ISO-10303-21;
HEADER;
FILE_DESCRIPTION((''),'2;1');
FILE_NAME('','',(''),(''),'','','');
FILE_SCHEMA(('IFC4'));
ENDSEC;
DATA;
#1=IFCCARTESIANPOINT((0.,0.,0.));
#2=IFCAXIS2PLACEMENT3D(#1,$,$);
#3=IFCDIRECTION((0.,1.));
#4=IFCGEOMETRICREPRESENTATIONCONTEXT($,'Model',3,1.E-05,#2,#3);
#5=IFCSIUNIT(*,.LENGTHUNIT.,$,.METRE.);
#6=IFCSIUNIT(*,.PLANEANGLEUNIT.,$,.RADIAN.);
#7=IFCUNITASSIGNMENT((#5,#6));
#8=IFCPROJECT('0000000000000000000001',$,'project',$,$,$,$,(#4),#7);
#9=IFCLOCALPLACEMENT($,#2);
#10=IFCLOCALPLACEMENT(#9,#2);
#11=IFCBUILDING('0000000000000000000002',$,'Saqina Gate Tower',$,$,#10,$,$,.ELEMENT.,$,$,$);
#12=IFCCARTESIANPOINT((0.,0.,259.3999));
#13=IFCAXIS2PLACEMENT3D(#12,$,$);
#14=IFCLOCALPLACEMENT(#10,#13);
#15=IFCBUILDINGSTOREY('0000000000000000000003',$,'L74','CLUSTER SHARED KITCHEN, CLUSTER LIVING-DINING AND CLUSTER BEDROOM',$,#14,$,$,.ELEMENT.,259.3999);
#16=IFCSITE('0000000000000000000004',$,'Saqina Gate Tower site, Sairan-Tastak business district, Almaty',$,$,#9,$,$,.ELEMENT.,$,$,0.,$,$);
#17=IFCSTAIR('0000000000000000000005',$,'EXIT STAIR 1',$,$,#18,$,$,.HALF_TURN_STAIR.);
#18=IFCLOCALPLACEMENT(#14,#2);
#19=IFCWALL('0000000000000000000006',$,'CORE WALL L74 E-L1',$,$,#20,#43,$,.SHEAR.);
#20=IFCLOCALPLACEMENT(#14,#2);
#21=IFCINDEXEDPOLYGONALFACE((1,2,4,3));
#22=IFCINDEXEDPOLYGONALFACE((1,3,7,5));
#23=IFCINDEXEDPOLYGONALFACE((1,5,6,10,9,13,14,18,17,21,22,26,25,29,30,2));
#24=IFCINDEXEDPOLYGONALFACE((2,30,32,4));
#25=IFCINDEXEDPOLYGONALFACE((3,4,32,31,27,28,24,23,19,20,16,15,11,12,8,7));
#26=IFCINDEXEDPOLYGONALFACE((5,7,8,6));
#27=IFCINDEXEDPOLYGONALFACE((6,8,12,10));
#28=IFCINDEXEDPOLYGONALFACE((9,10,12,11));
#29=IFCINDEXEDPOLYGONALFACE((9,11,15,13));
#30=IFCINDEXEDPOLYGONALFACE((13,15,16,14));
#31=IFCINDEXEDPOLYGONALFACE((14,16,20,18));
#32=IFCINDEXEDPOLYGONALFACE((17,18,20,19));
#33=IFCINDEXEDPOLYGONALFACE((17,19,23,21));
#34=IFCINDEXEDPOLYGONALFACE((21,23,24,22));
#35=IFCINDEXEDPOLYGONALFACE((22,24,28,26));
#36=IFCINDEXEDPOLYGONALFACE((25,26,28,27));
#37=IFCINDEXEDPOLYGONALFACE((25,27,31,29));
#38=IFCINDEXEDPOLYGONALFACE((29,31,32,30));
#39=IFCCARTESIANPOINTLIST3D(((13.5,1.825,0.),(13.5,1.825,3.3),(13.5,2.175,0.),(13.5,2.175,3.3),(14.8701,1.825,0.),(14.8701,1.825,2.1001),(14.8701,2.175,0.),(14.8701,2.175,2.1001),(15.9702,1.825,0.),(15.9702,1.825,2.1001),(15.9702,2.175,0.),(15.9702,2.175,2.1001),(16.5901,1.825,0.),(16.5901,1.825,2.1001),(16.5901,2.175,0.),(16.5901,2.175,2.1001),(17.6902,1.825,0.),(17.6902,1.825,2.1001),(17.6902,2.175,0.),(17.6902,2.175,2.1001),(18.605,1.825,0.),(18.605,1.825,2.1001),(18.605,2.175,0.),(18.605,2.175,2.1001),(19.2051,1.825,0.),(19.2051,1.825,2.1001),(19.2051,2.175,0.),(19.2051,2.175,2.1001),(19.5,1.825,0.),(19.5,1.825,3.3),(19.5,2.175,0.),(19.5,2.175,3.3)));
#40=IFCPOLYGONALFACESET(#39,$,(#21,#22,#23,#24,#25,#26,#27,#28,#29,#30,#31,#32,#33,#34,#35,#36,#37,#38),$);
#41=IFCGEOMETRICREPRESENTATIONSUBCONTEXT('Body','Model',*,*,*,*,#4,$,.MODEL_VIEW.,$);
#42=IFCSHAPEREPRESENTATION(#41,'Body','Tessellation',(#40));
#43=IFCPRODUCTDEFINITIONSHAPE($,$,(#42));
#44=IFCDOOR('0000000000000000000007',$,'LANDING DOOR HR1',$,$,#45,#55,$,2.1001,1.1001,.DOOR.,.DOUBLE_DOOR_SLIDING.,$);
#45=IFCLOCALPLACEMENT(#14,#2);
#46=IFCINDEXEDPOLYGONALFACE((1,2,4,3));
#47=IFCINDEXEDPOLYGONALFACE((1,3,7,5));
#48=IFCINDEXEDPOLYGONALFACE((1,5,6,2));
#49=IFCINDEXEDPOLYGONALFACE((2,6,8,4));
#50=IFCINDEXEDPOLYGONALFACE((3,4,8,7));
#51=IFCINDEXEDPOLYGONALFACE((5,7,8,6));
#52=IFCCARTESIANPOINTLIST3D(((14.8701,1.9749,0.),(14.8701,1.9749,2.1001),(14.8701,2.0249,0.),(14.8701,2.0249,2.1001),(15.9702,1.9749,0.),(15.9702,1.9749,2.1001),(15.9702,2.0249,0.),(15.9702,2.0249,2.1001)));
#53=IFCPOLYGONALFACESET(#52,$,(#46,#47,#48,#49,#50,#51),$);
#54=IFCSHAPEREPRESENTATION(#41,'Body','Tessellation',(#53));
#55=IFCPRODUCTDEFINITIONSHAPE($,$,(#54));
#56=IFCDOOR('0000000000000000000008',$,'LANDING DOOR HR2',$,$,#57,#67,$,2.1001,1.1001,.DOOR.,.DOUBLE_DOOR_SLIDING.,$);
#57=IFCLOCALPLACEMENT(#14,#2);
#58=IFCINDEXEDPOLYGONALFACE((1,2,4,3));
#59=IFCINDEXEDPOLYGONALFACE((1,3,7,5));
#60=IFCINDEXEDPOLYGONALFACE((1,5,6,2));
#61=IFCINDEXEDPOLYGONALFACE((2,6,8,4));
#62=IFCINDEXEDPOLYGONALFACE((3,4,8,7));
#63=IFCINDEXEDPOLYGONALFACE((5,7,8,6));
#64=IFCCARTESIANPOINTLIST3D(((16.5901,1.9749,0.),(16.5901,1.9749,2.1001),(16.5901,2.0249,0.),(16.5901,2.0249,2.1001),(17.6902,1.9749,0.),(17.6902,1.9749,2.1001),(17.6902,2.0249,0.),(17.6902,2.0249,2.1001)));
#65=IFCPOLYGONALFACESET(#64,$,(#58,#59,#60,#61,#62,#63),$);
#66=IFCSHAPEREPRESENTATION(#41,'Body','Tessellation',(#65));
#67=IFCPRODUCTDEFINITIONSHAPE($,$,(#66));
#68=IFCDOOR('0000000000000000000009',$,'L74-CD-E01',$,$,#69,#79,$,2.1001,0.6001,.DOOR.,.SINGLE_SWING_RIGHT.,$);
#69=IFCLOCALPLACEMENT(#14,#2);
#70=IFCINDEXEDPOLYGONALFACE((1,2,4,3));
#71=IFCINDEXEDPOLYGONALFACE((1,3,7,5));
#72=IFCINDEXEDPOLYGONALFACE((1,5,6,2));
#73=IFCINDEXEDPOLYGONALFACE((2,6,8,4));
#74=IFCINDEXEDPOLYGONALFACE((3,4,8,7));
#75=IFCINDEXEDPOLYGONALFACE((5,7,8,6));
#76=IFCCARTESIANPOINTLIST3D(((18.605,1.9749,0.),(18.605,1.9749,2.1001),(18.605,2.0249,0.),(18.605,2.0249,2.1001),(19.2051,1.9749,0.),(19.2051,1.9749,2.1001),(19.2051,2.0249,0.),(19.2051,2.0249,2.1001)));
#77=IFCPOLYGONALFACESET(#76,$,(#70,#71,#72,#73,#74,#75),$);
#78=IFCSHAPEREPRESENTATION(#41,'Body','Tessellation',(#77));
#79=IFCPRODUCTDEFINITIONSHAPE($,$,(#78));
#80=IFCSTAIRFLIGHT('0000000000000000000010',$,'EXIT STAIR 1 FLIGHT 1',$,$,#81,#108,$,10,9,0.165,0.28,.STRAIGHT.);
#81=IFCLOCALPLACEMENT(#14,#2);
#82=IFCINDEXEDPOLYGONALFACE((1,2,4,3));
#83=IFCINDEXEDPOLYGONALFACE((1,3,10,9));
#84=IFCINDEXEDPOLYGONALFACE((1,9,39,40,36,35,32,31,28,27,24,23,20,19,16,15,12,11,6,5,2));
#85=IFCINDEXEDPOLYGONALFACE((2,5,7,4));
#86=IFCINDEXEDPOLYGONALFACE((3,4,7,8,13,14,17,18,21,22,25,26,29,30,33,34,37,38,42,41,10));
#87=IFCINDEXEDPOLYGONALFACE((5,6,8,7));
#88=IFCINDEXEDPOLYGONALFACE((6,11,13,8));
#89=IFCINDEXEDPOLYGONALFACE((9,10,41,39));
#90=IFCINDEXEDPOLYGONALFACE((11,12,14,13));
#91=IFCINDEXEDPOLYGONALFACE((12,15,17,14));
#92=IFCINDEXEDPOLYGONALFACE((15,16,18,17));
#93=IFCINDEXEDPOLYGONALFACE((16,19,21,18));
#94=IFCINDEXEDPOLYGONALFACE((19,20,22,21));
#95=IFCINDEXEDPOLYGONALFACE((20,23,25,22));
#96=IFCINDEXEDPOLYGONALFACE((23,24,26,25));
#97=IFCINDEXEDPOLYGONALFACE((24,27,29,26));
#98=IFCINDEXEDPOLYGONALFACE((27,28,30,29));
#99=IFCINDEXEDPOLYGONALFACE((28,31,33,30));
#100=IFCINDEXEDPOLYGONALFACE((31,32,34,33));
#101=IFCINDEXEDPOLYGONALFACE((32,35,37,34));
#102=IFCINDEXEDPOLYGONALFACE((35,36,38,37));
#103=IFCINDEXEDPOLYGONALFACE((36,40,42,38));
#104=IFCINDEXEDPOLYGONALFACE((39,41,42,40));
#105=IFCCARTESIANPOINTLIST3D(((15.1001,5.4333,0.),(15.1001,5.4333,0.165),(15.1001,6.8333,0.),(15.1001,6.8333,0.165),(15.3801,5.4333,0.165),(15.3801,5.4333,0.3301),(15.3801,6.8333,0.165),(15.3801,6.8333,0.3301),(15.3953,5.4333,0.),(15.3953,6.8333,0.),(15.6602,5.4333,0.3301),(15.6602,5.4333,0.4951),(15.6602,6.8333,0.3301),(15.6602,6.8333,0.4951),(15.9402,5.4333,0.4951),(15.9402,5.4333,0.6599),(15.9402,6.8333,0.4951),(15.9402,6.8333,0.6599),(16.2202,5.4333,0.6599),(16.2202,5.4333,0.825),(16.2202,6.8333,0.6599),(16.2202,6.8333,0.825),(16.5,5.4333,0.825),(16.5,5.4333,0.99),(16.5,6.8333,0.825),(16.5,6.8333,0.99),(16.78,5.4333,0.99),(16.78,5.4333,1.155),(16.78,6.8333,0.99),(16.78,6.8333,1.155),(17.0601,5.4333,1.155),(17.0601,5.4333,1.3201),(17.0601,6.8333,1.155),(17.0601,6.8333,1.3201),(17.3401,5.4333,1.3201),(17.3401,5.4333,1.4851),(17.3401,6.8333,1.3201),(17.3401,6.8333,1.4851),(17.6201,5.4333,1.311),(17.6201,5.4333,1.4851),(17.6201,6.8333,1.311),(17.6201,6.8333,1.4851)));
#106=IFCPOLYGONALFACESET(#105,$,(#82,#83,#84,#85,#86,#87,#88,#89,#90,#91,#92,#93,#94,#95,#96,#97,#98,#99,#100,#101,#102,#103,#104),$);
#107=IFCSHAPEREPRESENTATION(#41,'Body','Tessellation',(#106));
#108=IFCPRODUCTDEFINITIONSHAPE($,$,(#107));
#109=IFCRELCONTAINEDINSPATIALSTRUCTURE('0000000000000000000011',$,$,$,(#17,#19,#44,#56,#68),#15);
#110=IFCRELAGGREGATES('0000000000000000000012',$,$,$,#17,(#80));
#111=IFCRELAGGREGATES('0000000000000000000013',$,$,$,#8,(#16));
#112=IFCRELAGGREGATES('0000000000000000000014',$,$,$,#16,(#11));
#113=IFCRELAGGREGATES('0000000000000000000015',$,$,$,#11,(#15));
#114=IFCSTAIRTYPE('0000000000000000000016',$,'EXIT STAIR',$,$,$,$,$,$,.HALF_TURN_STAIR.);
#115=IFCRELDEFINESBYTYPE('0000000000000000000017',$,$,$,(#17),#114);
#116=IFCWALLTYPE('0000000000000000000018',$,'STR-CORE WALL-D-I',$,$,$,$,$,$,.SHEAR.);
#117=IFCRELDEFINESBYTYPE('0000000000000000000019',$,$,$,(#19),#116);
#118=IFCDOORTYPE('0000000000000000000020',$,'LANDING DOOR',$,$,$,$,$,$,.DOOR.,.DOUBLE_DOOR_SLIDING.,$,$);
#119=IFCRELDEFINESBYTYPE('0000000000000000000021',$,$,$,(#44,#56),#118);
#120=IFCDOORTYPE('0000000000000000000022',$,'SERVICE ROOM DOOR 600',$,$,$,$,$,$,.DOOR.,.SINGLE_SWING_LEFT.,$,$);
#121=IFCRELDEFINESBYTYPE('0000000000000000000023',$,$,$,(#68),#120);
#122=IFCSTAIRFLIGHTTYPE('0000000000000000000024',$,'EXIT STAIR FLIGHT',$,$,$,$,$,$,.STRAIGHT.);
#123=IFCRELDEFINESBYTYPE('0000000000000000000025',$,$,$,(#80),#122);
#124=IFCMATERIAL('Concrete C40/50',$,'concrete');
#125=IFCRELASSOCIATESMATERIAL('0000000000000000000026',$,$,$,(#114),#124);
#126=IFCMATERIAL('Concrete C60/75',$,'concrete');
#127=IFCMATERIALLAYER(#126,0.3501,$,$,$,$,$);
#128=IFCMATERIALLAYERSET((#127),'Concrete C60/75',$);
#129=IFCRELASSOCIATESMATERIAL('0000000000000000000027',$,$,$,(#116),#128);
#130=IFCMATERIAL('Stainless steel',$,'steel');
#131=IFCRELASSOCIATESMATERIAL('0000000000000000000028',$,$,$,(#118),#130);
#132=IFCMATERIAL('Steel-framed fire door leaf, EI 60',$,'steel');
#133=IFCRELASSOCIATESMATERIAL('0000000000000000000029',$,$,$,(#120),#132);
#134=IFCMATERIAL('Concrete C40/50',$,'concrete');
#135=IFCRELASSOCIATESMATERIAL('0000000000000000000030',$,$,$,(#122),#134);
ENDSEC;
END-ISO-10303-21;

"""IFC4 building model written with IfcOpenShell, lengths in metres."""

from ifc_helpers import new_model, si_unit, direction, frame, frame_2d, origin, place, context, subcontext, project, spatial, polyline, rectangle, outline, extrude, material, layer, layer_set, type_object, element, fill, aggregate, save


model = new_model("IFC4")

# Units and contexts
model_context = context("Model", 3, precision=1e-05, world=origin(), true_north=direction((0.0, 1.0)))
body_context = subcontext(model_context, "Body", "Model", "MODEL_VIEW")
ifc_project = project(units=[si_unit("LENGTHUNIT", "METRE"), si_unit("PLANEANGLEUNIT", "RADIAN")], contexts=[model_context])

# Site, building, storey
site_placement = place(None, origin())
site = spatial("IfcSite", under=ifc_project, at=site_placement, Name="Saqina Gate Tower site, Sairan-Tastak business district, Almaty", CompositionType="ELEMENT", RefElevation=0.0)
building_placement = place(site_placement, origin())
building = spatial("IfcBuilding", under=site, at=building_placement, Name="Saqina Gate Tower", CompositionType="ELEMENT")
storey_placement = place(building_placement, frame((0.0, 0.0, 259.3999)))
storey = spatial("IfcBuildingStorey", under=building, at=storey_placement, Name="L74", Description="CLUSTER SHARED KITCHEN, CLUSTER LIVING-DINING AND CLUSTER BEDROOM", CompositionType="ELEMENT", Elevation=259.3999)

# Stair
ifc_material_1 = material(Name="Concrete C40/50", Category="concrete")
stair_type = type_object("IfcStairType", Name="EXIT STAIR", PredefinedType="HALF_TURN_STAIR", material=ifc_material_1)
stair_1_placement = place(storey_placement, origin())
stair_1 = element("IfcStair", 1, at=stair_1_placement, inside=storey, type_object=stair_type, Name="EXIT STAIR 1", PredefinedType="HALF_TURN_STAIR")

# Shared definitions
ifc_material_2 = material(Name="Concrete C60/75", Category="concrete")
ifc_layer_1 = layer(ifc_material_2, 0.3501)
ifc_layer_set_1 = layer_set([ifc_layer_1], Name="Concrete C60/75")
wall_type_1 = type_object("IfcWallType", Name="STR-CORE WALL-D-I", PredefinedType="SHEAR", material=ifc_layer_set_1)

# Wall, openings, doors
wall_1_placement = place(storey_placement, frame((13.5, 2.0, 0.0), z_axis=(0.0, 0.0, 1.0), x_axis=(1.0, 0.0, 0.0)))
wall_1 = element("IfcWall", 2, at=wall_1_placement, inside=storey, type_object=wall_type_1, Name="CORE WALL L74 E-L1", PredefinedType="SHEAR", context=body_context, shape_type="SweptSolid", body=[
    extrude(rectangle(XDim=6.0, YDim=0.3501, at=frame_2d((3.0, 0.0))), origin(), (0.0, 0.0, 1.0), 3.3),
])
opening_1_placement = place(wall_1_placement, frame((1.3701, 0.0, 0.0)))
opening_1 = element("IfcOpeningElement", 3, at=opening_1_placement, cuts=wall_1, PredefinedType="OPENING", context=body_context, shape_type="SweptSolid", body=[
    extrude(rectangle(XDim=1.1001, YDim=2.1001, at=frame_2d((0.55, 1.05))), frame((0.0, 0.187, 0.0), z_axis=(0.0, -1.0, 0.0), x_axis=(1.0, 0.0, 0.0)), (0.0, 0.0, 1.0), 0.374),
])
opening_2_placement = place(wall_1_placement, frame((3.0901, 0.0, 0.0)))
opening_2 = element("IfcOpeningElement", 4, at=opening_2_placement, cuts=wall_1, PredefinedType="OPENING", context=body_context, shape_type="SweptSolid", body=[
    extrude(rectangle(XDim=1.1001, YDim=2.1001, at=frame_2d((0.55, 1.05))), frame((0.0, 0.187, 0.0), z_axis=(0.0, -1.0, 0.0), x_axis=(1.0, 0.0, 0.0)), (0.0, 0.0, 1.0), 0.374),
])
opening_3_placement = place(wall_1_placement, frame((5.105, 0.0, 0.0)))
opening_3 = element("IfcOpeningElement", 5, at=opening_3_placement, cuts=wall_1, PredefinedType="OPENING", context=body_context, shape_type="SweptSolid", body=[
    extrude(rectangle(XDim=0.6001, YDim=2.1001, at=frame_2d((0.3, 1.05))), frame((0.0, 0.187, 0.0), z_axis=(0.0, -1.0, 0.0), x_axis=(1.0, 0.0, 0.0)), (0.0, 0.0, 1.0), 0.374),
])
ifc_material_3 = material(Name="Stainless steel", Category="steel")
door_type_1 = type_object("IfcDoorType", Name="LANDING DOOR", OperationType="DOUBLE_DOOR_SLIDING", PredefinedType="DOOR", material=ifc_material_3)
door_1_placement = place(opening_1_placement, origin())
door_1 = element("IfcDoor", 6, at=door_1_placement, inside=storey, type_object=door_type_1, Name="LANDING DOOR HR1", OperationType="DOUBLE_DOOR_SLIDING", OverallHeight=2.1001, OverallWidth=1.1001, PredefinedType="DOOR", context=body_context, shape_type="SweptSolid", body=[
    extrude(rectangle(XDim=1.1001, YDim=2.1001, at=frame_2d((0.55, 1.05))), frame((0.0, 0.0249, 0.0), z_axis=(0.0, -1.0, 0.0), x_axis=(1.0, 0.0, 0.0)), (0.0, 0.0, 1.0), 0.05),
])
fill(opening_1, door_1)
door_2_placement = place(opening_2_placement, origin())
door_2 = element("IfcDoor", 7, at=door_2_placement, inside=storey, type_object=door_type_1, Name="LANDING DOOR HR2", OperationType="DOUBLE_DOOR_SLIDING", OverallHeight=2.1001, OverallWidth=1.1001, PredefinedType="DOOR", context=body_context, shape_type="SweptSolid", body=[
    extrude(rectangle(XDim=1.1001, YDim=2.1001, at=frame_2d((0.55, 1.05))), frame((0.0, 0.0249, 0.0), z_axis=(0.0, -1.0, 0.0), x_axis=(1.0, 0.0, 0.0)), (0.0, 0.0, 1.0), 0.05),
])
fill(opening_2, door_2)
ifc_material_4 = material(Name="Steel-framed fire door leaf, EI 60", Category="steel")
door_type_2 = type_object("IfcDoorType", Name="SERVICE ROOM DOOR 600", OperationType="SINGLE_SWING_LEFT", PredefinedType="DOOR", material=ifc_material_4)
door_3_placement = place(opening_3_placement, origin())
door_3 = element("IfcDoor", 8, at=door_3_placement, inside=storey, type_object=door_type_2, Name="L74-CD-E01", OperationType="SINGLE_SWING_RIGHT", OverallHeight=2.1001, OverallWidth=0.6001, PredefinedType="DOOR", context=body_context, shape_type="SweptSolid", body=[
    extrude(rectangle(XDim=0.6001, YDim=2.1001, at=frame_2d((0.3, 1.05))), frame((0.0, 0.0249, 0.0), z_axis=(0.0, -1.0, 0.0), x_axis=(1.0, 0.0, 0.0)), (0.0, 0.0, 1.0), 0.05),
])
fill(opening_3, door_3)

# Stair flight
ifc_material_5 = material(Name="Concrete C40/50", Category="concrete")
stair_flight_type = type_object("IfcStairFlightType", Name="EXIT STAIR FLIGHT", PredefinedType="STRAIGHT", material=ifc_material_5)
stair_flight_placement = place(storey_placement, frame((15.1001, 6.1333, 0.0), z_axis=(0.0, 0.0, 1.0), x_axis=(1.0, 0.0, 0.0)))
stair_flight = element("IfcStairFlight", 9, at=stair_flight_placement, type_object=stair_flight_type, Name="EXIT STAIR 1 FLIGHT 1", NumberOfRisers=10, NumberOfTreads=9, PredefinedType="STRAIGHT", RiserHeight=0.165, TreadLength=0.28, context=body_context, shape_type="SweptSolid", body=[
    extrude(outline(polyline([(0.0, 0.0), (0.0, 0.165), (0.28, 0.165), (0.28, 0.3301), (0.5601, 0.3301), (0.5601, 0.4951), (0.8401, 0.4951), (0.8401, 0.6599), (1.1201, 0.6599), (1.1201, 0.825), (1.3999, 0.825), (1.3999, 0.99), (1.6799, 0.99), (1.6799, 1.155), (1.96, 1.155), (1.96, 1.3201), (2.24, 1.3201), (2.24, 1.4851), (2.52, 1.4851), (2.52, 1.6499), (2.52, 1.311), (0.2952, 0.0), (0.0, 0.0)])), frame((0.0, 0.7, 0.0), z_axis=(0.0, -1.0, 0.0), x_axis=(1.0, 0.0, 0.0)), (0.0, 0.0, 1.0), 1.3999),
])
aggregate(stair_1, [stair_flight])

save(model, "model.ifc")
